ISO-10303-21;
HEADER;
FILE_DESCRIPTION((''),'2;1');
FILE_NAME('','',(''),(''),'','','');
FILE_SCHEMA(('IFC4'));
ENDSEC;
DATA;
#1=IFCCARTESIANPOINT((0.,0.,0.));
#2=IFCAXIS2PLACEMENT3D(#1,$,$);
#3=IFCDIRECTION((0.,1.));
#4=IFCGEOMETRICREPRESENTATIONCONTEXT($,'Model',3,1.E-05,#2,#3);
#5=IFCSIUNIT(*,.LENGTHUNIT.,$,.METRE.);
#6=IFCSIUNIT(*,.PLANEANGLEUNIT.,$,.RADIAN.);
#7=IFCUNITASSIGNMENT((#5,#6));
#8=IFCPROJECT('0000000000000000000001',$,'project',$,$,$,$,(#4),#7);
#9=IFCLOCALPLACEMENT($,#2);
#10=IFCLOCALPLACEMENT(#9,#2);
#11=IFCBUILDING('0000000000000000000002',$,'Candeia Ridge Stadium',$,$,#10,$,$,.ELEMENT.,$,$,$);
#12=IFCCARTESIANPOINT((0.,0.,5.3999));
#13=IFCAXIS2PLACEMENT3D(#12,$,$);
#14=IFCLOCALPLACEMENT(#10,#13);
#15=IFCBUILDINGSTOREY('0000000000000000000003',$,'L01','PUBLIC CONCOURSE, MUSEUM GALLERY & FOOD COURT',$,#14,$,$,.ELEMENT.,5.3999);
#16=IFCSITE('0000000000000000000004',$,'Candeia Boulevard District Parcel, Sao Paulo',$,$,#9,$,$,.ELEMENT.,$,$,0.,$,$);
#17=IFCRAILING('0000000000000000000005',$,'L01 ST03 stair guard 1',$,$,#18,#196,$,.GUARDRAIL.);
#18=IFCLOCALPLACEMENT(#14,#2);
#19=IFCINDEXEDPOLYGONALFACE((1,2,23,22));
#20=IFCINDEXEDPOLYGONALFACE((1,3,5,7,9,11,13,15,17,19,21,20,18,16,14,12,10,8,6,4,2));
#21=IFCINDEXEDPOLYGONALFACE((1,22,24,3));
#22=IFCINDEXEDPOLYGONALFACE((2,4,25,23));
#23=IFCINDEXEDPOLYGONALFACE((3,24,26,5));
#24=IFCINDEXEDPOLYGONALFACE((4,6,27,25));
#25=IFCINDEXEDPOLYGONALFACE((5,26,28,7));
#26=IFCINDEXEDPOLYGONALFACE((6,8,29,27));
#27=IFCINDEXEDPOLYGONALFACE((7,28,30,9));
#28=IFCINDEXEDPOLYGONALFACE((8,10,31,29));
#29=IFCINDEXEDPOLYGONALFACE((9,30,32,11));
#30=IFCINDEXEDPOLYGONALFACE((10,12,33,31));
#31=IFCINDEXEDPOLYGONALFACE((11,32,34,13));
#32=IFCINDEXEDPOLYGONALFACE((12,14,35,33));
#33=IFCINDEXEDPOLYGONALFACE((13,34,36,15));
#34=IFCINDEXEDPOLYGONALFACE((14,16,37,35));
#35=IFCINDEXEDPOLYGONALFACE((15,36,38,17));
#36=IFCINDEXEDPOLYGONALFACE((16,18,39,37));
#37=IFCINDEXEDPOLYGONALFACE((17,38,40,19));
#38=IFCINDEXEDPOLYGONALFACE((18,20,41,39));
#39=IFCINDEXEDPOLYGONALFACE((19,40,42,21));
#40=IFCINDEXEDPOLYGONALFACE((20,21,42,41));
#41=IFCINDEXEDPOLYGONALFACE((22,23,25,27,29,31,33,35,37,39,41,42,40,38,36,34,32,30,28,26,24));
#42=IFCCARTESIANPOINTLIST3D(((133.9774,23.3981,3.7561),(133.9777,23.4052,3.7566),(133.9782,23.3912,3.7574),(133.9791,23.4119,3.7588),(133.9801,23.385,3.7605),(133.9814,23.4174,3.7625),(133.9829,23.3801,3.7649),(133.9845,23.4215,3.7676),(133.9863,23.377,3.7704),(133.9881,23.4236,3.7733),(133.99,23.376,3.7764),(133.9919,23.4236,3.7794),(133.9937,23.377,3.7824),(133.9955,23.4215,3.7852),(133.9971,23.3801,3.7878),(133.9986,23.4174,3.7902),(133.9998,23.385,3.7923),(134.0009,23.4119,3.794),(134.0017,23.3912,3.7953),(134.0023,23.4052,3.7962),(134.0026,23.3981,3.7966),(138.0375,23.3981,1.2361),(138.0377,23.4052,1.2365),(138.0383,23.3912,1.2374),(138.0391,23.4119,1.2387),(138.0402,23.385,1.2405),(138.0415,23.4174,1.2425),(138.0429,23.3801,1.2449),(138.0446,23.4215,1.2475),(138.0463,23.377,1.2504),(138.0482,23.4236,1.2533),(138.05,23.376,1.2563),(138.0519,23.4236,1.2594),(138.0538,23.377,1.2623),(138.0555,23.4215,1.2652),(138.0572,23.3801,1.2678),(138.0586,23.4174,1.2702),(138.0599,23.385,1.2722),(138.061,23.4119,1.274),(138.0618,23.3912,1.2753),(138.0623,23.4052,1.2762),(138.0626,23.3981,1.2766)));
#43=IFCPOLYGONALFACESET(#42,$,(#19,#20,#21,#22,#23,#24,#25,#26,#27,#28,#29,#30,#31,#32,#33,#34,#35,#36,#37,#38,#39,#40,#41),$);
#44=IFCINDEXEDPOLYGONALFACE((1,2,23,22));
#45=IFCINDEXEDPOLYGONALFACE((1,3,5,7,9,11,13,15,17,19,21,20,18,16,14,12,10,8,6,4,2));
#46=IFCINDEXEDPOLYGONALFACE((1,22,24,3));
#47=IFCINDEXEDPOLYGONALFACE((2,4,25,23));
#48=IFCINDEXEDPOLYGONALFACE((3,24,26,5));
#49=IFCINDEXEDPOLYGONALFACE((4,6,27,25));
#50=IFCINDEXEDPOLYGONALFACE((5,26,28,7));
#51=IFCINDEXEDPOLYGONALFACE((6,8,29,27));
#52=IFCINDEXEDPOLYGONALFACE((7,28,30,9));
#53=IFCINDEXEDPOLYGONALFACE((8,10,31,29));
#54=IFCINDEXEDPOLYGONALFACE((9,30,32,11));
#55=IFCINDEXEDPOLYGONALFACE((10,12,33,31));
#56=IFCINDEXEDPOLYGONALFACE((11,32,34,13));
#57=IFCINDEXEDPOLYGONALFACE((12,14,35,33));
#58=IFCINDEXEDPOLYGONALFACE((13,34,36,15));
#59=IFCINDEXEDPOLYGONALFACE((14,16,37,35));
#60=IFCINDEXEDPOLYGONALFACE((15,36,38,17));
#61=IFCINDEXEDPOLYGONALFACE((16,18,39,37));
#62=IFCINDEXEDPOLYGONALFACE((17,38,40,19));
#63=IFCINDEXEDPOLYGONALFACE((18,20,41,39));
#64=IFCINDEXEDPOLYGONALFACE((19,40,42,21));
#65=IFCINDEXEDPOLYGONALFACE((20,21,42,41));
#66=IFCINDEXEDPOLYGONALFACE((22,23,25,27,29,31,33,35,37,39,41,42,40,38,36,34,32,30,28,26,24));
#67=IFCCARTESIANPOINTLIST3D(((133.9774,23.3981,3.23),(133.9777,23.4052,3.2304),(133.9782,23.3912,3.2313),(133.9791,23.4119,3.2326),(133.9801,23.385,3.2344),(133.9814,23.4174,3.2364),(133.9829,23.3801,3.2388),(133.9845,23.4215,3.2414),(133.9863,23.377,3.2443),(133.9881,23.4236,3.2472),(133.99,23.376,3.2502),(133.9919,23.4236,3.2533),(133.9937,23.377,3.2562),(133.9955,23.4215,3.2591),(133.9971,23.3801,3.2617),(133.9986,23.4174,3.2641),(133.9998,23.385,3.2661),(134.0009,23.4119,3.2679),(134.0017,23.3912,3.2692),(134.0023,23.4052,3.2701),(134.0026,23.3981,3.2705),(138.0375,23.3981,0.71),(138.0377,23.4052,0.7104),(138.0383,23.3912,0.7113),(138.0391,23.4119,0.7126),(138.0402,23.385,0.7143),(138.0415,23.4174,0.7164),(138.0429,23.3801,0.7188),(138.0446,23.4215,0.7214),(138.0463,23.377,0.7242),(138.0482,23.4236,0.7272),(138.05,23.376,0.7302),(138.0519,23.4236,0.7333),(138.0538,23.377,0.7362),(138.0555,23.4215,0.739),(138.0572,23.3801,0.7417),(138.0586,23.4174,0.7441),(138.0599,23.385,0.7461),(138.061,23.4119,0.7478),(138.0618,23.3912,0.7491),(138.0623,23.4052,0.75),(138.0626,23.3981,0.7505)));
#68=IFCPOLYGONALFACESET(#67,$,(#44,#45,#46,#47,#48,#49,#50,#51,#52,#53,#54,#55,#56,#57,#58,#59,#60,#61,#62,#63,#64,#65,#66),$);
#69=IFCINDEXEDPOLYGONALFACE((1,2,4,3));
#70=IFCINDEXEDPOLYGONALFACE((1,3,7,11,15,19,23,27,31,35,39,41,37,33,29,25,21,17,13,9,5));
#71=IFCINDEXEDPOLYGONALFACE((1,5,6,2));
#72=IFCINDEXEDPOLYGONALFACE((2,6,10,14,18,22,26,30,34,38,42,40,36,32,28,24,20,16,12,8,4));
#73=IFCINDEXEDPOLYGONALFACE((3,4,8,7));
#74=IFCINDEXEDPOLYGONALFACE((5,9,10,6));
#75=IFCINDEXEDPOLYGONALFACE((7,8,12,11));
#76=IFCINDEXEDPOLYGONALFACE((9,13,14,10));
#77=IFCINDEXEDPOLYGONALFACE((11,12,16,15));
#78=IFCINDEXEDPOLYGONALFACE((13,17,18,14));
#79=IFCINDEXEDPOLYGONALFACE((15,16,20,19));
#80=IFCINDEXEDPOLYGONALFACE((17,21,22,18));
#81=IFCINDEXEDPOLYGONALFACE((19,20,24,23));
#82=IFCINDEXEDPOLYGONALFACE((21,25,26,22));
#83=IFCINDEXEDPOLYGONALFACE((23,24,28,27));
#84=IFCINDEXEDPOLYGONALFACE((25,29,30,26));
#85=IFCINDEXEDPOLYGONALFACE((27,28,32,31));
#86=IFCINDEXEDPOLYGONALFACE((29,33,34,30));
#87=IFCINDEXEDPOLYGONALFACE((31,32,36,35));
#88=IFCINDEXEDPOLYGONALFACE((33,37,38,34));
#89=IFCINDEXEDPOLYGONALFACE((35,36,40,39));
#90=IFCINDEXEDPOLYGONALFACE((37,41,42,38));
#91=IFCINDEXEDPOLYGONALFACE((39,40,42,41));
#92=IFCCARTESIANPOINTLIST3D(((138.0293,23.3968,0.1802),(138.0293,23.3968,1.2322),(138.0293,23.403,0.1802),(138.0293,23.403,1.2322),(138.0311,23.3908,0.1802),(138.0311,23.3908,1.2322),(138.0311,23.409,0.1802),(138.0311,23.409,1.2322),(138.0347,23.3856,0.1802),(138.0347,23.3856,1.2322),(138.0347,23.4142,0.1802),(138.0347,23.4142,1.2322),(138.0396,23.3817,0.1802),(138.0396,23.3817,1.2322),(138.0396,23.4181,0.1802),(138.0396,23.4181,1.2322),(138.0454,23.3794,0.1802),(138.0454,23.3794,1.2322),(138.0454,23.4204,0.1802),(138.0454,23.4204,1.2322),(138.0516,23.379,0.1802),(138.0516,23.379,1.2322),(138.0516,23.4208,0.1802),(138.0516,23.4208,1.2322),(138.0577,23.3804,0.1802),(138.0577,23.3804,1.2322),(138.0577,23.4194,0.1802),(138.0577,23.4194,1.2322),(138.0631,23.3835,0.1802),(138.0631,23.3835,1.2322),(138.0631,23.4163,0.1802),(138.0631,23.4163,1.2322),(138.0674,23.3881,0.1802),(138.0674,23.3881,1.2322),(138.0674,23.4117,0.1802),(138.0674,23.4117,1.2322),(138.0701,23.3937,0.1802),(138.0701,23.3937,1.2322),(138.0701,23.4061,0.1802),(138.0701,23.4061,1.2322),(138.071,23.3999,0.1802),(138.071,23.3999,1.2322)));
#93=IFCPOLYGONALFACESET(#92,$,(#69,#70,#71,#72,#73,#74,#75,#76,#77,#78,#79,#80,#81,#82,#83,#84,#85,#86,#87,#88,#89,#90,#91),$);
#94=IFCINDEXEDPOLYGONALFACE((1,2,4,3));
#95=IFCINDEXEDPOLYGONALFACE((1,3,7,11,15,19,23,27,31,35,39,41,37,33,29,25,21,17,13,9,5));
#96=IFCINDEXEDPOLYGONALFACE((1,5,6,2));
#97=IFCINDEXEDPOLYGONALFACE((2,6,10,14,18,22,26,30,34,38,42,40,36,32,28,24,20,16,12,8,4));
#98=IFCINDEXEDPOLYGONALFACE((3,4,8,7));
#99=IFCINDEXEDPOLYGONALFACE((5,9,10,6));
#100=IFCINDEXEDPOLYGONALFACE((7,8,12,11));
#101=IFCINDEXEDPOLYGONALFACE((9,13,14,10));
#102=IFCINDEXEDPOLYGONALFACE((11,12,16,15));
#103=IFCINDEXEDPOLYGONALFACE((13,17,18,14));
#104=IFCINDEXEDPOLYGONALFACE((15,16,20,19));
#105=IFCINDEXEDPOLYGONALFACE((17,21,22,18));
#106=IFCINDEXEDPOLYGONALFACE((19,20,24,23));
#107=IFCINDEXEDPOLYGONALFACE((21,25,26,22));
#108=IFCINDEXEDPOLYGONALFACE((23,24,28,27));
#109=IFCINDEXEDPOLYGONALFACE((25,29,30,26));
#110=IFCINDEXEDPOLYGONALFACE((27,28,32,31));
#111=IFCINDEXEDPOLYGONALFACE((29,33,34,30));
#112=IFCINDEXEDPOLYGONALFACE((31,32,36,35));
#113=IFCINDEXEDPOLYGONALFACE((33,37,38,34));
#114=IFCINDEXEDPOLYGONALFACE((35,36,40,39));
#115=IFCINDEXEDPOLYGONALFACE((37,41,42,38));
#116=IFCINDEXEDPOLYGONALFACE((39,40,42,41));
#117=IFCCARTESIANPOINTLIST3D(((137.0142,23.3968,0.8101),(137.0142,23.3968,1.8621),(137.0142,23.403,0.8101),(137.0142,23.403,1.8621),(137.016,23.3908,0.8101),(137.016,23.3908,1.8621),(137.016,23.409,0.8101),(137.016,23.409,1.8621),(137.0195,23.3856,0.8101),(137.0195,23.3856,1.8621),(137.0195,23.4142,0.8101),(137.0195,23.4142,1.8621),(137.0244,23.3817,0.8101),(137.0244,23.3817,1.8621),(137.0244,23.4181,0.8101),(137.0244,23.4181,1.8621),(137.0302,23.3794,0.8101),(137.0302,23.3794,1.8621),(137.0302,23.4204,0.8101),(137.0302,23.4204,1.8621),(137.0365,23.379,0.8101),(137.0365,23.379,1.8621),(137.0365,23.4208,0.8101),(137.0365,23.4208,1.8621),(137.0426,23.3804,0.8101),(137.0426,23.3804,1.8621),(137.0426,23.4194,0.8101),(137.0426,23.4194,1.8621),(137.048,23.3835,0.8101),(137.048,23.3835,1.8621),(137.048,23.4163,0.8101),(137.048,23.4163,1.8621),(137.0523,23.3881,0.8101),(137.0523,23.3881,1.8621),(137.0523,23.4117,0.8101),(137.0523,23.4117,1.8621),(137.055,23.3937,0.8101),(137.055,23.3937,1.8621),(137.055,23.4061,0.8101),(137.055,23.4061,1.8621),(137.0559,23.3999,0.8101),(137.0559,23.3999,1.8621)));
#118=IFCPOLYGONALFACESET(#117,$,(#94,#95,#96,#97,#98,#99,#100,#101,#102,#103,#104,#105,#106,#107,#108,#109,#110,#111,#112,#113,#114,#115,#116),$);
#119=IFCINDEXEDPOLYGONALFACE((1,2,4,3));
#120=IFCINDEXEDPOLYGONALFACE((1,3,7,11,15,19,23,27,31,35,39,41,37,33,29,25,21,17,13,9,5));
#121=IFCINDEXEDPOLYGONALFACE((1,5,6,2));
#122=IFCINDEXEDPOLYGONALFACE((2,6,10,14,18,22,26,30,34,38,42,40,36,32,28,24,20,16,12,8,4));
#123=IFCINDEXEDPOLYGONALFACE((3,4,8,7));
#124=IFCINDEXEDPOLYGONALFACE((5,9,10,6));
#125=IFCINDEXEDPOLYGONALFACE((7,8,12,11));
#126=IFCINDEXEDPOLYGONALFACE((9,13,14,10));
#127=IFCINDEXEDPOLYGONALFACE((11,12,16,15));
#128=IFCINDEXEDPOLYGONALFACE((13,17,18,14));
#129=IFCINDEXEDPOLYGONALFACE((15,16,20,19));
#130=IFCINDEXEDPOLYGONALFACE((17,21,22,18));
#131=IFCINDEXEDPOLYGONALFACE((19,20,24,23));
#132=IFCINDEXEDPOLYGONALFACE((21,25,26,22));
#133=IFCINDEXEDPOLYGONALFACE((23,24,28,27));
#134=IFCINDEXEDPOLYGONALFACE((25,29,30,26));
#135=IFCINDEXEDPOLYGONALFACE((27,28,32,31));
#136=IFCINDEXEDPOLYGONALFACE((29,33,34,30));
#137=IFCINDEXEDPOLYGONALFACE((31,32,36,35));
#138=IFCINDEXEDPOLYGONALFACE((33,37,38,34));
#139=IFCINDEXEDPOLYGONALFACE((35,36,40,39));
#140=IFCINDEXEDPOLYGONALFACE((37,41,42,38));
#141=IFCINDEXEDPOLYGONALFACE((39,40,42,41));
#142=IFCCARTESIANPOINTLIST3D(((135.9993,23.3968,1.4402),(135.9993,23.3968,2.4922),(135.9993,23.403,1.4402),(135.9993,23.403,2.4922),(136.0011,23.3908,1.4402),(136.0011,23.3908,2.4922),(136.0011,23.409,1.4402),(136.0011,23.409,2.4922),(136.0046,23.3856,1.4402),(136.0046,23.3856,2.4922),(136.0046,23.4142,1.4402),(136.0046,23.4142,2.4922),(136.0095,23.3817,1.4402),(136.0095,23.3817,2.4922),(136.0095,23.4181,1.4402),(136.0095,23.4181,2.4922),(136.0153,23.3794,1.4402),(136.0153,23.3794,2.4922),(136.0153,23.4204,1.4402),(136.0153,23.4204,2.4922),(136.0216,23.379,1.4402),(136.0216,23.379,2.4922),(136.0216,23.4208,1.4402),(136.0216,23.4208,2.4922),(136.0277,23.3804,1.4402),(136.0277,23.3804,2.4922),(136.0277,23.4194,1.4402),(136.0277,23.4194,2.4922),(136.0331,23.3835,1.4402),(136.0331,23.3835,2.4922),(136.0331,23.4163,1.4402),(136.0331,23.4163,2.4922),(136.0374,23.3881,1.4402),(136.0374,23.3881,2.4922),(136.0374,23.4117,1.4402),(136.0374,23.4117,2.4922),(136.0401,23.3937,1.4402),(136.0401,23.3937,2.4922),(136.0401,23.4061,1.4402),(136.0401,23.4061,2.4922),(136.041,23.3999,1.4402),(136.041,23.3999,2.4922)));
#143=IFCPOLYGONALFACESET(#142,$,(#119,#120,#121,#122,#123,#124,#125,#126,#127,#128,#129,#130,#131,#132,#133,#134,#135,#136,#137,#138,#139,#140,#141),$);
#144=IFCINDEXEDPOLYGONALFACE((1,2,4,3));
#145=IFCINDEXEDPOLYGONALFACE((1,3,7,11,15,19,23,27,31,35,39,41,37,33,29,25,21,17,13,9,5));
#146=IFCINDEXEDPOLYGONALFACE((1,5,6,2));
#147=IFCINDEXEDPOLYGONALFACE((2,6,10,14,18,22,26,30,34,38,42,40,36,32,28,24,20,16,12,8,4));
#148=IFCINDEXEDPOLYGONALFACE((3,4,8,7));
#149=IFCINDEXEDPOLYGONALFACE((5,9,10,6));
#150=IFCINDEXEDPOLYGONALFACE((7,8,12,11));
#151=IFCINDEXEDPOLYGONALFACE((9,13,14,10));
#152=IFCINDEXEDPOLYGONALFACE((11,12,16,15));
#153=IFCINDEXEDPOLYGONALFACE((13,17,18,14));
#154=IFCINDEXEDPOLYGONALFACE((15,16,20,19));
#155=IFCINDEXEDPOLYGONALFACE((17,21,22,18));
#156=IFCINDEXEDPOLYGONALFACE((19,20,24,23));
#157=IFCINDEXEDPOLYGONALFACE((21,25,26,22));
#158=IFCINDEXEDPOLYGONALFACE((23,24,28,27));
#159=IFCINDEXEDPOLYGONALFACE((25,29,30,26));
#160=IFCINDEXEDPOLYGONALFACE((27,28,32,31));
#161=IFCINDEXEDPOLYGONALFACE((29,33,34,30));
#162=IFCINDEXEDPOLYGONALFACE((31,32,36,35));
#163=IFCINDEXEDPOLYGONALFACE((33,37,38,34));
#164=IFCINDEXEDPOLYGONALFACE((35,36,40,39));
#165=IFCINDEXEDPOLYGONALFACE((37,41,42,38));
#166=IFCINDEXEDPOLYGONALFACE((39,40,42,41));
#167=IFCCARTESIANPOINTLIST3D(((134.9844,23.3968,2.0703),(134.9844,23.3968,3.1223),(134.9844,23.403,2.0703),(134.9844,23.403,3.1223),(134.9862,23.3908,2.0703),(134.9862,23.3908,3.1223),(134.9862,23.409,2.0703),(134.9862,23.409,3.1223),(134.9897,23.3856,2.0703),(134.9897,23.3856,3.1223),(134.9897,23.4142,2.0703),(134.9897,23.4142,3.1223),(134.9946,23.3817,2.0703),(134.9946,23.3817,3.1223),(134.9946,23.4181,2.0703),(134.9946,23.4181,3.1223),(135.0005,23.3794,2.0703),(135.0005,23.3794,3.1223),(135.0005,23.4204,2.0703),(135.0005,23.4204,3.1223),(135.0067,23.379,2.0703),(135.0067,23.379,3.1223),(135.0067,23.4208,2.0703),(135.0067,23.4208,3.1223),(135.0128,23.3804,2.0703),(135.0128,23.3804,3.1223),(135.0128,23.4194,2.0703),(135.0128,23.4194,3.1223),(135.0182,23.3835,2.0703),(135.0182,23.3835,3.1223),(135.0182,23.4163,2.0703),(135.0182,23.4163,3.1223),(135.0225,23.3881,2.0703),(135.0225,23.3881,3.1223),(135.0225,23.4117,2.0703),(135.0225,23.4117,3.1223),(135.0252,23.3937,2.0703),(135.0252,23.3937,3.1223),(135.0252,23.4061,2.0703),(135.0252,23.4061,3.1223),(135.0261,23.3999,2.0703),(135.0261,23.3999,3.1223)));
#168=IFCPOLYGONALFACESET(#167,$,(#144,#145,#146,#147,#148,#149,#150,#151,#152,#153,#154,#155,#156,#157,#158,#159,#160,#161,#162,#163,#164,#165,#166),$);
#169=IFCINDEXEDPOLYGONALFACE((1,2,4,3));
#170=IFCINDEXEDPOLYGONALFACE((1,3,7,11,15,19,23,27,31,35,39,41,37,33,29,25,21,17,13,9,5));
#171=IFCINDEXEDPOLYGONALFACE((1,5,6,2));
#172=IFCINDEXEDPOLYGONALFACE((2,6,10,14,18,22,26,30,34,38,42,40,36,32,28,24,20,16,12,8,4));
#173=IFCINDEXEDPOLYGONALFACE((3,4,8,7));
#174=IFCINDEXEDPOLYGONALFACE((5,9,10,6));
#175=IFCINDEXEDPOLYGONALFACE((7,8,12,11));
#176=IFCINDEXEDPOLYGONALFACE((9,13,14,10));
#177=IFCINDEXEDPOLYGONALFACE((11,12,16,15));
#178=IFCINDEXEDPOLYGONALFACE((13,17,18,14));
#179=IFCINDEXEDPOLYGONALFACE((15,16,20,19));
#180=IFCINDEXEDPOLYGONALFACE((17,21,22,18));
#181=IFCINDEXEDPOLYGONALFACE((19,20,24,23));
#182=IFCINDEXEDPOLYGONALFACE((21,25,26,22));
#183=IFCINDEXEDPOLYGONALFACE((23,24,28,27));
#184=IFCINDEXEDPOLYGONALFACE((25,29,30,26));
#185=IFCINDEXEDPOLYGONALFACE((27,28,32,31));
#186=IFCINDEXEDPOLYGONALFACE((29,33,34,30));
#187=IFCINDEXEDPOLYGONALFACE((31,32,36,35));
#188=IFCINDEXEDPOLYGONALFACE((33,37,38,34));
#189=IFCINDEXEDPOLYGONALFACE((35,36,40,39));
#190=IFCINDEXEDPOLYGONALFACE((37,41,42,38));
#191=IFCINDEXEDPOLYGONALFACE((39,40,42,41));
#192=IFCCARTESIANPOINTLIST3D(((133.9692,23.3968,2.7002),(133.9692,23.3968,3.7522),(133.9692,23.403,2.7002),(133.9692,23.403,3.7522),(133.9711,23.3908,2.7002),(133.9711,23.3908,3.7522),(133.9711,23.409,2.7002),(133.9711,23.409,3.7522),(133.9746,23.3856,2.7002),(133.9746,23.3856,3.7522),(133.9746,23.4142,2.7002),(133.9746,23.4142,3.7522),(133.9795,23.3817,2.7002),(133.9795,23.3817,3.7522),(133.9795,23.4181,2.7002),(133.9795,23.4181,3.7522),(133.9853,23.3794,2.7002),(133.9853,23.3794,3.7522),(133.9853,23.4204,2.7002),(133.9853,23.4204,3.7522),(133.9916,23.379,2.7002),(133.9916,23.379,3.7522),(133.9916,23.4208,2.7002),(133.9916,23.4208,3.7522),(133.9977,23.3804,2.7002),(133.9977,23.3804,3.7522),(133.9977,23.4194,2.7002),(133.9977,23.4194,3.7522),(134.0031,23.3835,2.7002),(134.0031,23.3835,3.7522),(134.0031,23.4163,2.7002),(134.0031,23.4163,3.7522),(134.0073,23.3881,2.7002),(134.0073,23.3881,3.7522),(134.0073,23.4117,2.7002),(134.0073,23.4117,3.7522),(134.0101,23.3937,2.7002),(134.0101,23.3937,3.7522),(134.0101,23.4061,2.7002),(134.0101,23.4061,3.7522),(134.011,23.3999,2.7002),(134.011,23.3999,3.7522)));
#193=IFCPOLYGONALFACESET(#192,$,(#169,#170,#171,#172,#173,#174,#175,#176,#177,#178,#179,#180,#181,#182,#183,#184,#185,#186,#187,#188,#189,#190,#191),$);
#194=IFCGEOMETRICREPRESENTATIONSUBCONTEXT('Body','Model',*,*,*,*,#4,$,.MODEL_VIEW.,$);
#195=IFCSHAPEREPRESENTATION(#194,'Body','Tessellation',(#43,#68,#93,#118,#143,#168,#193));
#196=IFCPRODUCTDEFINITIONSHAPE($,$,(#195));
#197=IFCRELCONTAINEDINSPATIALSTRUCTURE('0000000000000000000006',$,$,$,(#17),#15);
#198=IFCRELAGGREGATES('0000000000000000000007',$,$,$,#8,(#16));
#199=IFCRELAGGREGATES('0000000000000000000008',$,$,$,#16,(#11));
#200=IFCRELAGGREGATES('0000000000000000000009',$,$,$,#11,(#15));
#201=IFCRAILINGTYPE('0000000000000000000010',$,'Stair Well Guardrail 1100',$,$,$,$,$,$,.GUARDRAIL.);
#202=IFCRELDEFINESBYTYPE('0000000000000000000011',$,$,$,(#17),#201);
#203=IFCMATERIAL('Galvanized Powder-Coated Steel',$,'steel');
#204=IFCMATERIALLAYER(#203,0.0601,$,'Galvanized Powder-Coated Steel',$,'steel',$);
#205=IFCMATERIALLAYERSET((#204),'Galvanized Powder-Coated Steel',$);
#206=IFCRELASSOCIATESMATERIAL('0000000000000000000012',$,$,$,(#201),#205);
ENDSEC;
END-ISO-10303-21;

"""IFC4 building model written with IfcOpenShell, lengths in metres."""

from ifc_helpers import new_model, si_unit, direction, frame, origin, origin_2d, place, context, subcontext, project, spatial, circle, extrude, material, layer, layer_set, type_object, element, save


model = new_model("IFC4")

# Units and contexts
model_context = context("Model", 3, precision=1e-05, world=origin(), true_north=direction((0.0, 1.0)))
body_context = subcontext(model_context, "Body", "Model", "MODEL_VIEW")
ifc_project = project(units=[si_unit("LENGTHUNIT", "METRE"), si_unit("PLANEANGLEUNIT", "RADIAN")], contexts=[model_context])

# Site, building, storey
site_placement = place(None, origin())
site = spatial("IfcSite", under=ifc_project, at=site_placement, Name="Candeia Boulevard District Parcel, Sao Paulo", CompositionType="ELEMENT", RefElevation=0.0)
building_placement = place(site_placement, origin())
building = spatial("IfcBuilding", under=site, at=building_placement, Name="Candeia Ridge Stadium", CompositionType="ELEMENT")
storey_placement = place(building_placement, frame((0.0, 0.0, 5.3999)))
storey = spatial("IfcBuildingStorey", under=building, at=storey_placement, Name="L01", Description="PUBLIC CONCOURSE, MUSEUM GALLERY & FOOD COURT", CompositionType="ELEMENT", Elevation=5.3999)

# Railing
ifc_material_1 = material(Name="Galvanized Powder-Coated Steel", Category="steel")
ifc_layer_1 = layer(ifc_material_1, 0.0601, Name="Galvanized Powder-Coated Steel", Category="steel")
ifc_layer_set_1 = layer_set([ifc_layer_1], Name="Galvanized Powder-Coated Steel")
railing_type_1 = type_object("IfcRailingType", Name="Stair Well Guardrail 1100", PredefinedType="GUARDRAIL", material=ifc_layer_set_1)
railing_1_placement = place(storey_placement, frame((138.05, 23.3999, 0.1802)))
element("IfcRailing", 1, at=railing_1_placement, inside=storey, type_object=railing_type_1, Name="L01 ST03 stair guard 1", PredefinedType="GUARDRAIL", context=body_context, shape_type="SweptSolid", body=[
    extrude(circle(Radius=0.0239, at=origin_2d()), frame((0.0, 0.0, 1.0762), z_axis=(-0.849642, 0.0, 0.52736), x_axis=(0.0, -1.0, 0.0)), (0.0, 0.0, 1.0), 4.7786),
    extrude(circle(Radius=0.0239, at=origin_2d()), frame((0.0, 0.0, 0.55), z_axis=(-0.849642, 0.0, 0.52736), x_axis=(0.0, -1.0, 0.0)), (0.0, 0.0, 1.0), 4.7786),
    extrude(circle(Radius=0.021, at=origin_2d()), origin(), (0.0, 0.0, 1.0), 1.052),
    extrude(circle(Radius=0.021, at=origin_2d()), frame((-1.0151, 0.0, 0.6299)), (0.0, 0.0, 1.0), 1.052),
    extrude(circle(Radius=0.021, at=origin_2d()), frame((-2.03, 0.0, 1.26)), (0.0, 0.0, 1.0), 1.052),
    extrude(circle(Radius=0.021, at=origin_2d()), frame((-3.0449, 0.0, 1.8901)), (0.0, 0.0, 1.0), 1.052),
    extrude(circle(Radius=0.021, at=origin_2d()), frame((-4.0601, 0.0, 2.52)), (0.0, 0.0, 1.0), 1.052),
])

save(model, "model.ifc")
